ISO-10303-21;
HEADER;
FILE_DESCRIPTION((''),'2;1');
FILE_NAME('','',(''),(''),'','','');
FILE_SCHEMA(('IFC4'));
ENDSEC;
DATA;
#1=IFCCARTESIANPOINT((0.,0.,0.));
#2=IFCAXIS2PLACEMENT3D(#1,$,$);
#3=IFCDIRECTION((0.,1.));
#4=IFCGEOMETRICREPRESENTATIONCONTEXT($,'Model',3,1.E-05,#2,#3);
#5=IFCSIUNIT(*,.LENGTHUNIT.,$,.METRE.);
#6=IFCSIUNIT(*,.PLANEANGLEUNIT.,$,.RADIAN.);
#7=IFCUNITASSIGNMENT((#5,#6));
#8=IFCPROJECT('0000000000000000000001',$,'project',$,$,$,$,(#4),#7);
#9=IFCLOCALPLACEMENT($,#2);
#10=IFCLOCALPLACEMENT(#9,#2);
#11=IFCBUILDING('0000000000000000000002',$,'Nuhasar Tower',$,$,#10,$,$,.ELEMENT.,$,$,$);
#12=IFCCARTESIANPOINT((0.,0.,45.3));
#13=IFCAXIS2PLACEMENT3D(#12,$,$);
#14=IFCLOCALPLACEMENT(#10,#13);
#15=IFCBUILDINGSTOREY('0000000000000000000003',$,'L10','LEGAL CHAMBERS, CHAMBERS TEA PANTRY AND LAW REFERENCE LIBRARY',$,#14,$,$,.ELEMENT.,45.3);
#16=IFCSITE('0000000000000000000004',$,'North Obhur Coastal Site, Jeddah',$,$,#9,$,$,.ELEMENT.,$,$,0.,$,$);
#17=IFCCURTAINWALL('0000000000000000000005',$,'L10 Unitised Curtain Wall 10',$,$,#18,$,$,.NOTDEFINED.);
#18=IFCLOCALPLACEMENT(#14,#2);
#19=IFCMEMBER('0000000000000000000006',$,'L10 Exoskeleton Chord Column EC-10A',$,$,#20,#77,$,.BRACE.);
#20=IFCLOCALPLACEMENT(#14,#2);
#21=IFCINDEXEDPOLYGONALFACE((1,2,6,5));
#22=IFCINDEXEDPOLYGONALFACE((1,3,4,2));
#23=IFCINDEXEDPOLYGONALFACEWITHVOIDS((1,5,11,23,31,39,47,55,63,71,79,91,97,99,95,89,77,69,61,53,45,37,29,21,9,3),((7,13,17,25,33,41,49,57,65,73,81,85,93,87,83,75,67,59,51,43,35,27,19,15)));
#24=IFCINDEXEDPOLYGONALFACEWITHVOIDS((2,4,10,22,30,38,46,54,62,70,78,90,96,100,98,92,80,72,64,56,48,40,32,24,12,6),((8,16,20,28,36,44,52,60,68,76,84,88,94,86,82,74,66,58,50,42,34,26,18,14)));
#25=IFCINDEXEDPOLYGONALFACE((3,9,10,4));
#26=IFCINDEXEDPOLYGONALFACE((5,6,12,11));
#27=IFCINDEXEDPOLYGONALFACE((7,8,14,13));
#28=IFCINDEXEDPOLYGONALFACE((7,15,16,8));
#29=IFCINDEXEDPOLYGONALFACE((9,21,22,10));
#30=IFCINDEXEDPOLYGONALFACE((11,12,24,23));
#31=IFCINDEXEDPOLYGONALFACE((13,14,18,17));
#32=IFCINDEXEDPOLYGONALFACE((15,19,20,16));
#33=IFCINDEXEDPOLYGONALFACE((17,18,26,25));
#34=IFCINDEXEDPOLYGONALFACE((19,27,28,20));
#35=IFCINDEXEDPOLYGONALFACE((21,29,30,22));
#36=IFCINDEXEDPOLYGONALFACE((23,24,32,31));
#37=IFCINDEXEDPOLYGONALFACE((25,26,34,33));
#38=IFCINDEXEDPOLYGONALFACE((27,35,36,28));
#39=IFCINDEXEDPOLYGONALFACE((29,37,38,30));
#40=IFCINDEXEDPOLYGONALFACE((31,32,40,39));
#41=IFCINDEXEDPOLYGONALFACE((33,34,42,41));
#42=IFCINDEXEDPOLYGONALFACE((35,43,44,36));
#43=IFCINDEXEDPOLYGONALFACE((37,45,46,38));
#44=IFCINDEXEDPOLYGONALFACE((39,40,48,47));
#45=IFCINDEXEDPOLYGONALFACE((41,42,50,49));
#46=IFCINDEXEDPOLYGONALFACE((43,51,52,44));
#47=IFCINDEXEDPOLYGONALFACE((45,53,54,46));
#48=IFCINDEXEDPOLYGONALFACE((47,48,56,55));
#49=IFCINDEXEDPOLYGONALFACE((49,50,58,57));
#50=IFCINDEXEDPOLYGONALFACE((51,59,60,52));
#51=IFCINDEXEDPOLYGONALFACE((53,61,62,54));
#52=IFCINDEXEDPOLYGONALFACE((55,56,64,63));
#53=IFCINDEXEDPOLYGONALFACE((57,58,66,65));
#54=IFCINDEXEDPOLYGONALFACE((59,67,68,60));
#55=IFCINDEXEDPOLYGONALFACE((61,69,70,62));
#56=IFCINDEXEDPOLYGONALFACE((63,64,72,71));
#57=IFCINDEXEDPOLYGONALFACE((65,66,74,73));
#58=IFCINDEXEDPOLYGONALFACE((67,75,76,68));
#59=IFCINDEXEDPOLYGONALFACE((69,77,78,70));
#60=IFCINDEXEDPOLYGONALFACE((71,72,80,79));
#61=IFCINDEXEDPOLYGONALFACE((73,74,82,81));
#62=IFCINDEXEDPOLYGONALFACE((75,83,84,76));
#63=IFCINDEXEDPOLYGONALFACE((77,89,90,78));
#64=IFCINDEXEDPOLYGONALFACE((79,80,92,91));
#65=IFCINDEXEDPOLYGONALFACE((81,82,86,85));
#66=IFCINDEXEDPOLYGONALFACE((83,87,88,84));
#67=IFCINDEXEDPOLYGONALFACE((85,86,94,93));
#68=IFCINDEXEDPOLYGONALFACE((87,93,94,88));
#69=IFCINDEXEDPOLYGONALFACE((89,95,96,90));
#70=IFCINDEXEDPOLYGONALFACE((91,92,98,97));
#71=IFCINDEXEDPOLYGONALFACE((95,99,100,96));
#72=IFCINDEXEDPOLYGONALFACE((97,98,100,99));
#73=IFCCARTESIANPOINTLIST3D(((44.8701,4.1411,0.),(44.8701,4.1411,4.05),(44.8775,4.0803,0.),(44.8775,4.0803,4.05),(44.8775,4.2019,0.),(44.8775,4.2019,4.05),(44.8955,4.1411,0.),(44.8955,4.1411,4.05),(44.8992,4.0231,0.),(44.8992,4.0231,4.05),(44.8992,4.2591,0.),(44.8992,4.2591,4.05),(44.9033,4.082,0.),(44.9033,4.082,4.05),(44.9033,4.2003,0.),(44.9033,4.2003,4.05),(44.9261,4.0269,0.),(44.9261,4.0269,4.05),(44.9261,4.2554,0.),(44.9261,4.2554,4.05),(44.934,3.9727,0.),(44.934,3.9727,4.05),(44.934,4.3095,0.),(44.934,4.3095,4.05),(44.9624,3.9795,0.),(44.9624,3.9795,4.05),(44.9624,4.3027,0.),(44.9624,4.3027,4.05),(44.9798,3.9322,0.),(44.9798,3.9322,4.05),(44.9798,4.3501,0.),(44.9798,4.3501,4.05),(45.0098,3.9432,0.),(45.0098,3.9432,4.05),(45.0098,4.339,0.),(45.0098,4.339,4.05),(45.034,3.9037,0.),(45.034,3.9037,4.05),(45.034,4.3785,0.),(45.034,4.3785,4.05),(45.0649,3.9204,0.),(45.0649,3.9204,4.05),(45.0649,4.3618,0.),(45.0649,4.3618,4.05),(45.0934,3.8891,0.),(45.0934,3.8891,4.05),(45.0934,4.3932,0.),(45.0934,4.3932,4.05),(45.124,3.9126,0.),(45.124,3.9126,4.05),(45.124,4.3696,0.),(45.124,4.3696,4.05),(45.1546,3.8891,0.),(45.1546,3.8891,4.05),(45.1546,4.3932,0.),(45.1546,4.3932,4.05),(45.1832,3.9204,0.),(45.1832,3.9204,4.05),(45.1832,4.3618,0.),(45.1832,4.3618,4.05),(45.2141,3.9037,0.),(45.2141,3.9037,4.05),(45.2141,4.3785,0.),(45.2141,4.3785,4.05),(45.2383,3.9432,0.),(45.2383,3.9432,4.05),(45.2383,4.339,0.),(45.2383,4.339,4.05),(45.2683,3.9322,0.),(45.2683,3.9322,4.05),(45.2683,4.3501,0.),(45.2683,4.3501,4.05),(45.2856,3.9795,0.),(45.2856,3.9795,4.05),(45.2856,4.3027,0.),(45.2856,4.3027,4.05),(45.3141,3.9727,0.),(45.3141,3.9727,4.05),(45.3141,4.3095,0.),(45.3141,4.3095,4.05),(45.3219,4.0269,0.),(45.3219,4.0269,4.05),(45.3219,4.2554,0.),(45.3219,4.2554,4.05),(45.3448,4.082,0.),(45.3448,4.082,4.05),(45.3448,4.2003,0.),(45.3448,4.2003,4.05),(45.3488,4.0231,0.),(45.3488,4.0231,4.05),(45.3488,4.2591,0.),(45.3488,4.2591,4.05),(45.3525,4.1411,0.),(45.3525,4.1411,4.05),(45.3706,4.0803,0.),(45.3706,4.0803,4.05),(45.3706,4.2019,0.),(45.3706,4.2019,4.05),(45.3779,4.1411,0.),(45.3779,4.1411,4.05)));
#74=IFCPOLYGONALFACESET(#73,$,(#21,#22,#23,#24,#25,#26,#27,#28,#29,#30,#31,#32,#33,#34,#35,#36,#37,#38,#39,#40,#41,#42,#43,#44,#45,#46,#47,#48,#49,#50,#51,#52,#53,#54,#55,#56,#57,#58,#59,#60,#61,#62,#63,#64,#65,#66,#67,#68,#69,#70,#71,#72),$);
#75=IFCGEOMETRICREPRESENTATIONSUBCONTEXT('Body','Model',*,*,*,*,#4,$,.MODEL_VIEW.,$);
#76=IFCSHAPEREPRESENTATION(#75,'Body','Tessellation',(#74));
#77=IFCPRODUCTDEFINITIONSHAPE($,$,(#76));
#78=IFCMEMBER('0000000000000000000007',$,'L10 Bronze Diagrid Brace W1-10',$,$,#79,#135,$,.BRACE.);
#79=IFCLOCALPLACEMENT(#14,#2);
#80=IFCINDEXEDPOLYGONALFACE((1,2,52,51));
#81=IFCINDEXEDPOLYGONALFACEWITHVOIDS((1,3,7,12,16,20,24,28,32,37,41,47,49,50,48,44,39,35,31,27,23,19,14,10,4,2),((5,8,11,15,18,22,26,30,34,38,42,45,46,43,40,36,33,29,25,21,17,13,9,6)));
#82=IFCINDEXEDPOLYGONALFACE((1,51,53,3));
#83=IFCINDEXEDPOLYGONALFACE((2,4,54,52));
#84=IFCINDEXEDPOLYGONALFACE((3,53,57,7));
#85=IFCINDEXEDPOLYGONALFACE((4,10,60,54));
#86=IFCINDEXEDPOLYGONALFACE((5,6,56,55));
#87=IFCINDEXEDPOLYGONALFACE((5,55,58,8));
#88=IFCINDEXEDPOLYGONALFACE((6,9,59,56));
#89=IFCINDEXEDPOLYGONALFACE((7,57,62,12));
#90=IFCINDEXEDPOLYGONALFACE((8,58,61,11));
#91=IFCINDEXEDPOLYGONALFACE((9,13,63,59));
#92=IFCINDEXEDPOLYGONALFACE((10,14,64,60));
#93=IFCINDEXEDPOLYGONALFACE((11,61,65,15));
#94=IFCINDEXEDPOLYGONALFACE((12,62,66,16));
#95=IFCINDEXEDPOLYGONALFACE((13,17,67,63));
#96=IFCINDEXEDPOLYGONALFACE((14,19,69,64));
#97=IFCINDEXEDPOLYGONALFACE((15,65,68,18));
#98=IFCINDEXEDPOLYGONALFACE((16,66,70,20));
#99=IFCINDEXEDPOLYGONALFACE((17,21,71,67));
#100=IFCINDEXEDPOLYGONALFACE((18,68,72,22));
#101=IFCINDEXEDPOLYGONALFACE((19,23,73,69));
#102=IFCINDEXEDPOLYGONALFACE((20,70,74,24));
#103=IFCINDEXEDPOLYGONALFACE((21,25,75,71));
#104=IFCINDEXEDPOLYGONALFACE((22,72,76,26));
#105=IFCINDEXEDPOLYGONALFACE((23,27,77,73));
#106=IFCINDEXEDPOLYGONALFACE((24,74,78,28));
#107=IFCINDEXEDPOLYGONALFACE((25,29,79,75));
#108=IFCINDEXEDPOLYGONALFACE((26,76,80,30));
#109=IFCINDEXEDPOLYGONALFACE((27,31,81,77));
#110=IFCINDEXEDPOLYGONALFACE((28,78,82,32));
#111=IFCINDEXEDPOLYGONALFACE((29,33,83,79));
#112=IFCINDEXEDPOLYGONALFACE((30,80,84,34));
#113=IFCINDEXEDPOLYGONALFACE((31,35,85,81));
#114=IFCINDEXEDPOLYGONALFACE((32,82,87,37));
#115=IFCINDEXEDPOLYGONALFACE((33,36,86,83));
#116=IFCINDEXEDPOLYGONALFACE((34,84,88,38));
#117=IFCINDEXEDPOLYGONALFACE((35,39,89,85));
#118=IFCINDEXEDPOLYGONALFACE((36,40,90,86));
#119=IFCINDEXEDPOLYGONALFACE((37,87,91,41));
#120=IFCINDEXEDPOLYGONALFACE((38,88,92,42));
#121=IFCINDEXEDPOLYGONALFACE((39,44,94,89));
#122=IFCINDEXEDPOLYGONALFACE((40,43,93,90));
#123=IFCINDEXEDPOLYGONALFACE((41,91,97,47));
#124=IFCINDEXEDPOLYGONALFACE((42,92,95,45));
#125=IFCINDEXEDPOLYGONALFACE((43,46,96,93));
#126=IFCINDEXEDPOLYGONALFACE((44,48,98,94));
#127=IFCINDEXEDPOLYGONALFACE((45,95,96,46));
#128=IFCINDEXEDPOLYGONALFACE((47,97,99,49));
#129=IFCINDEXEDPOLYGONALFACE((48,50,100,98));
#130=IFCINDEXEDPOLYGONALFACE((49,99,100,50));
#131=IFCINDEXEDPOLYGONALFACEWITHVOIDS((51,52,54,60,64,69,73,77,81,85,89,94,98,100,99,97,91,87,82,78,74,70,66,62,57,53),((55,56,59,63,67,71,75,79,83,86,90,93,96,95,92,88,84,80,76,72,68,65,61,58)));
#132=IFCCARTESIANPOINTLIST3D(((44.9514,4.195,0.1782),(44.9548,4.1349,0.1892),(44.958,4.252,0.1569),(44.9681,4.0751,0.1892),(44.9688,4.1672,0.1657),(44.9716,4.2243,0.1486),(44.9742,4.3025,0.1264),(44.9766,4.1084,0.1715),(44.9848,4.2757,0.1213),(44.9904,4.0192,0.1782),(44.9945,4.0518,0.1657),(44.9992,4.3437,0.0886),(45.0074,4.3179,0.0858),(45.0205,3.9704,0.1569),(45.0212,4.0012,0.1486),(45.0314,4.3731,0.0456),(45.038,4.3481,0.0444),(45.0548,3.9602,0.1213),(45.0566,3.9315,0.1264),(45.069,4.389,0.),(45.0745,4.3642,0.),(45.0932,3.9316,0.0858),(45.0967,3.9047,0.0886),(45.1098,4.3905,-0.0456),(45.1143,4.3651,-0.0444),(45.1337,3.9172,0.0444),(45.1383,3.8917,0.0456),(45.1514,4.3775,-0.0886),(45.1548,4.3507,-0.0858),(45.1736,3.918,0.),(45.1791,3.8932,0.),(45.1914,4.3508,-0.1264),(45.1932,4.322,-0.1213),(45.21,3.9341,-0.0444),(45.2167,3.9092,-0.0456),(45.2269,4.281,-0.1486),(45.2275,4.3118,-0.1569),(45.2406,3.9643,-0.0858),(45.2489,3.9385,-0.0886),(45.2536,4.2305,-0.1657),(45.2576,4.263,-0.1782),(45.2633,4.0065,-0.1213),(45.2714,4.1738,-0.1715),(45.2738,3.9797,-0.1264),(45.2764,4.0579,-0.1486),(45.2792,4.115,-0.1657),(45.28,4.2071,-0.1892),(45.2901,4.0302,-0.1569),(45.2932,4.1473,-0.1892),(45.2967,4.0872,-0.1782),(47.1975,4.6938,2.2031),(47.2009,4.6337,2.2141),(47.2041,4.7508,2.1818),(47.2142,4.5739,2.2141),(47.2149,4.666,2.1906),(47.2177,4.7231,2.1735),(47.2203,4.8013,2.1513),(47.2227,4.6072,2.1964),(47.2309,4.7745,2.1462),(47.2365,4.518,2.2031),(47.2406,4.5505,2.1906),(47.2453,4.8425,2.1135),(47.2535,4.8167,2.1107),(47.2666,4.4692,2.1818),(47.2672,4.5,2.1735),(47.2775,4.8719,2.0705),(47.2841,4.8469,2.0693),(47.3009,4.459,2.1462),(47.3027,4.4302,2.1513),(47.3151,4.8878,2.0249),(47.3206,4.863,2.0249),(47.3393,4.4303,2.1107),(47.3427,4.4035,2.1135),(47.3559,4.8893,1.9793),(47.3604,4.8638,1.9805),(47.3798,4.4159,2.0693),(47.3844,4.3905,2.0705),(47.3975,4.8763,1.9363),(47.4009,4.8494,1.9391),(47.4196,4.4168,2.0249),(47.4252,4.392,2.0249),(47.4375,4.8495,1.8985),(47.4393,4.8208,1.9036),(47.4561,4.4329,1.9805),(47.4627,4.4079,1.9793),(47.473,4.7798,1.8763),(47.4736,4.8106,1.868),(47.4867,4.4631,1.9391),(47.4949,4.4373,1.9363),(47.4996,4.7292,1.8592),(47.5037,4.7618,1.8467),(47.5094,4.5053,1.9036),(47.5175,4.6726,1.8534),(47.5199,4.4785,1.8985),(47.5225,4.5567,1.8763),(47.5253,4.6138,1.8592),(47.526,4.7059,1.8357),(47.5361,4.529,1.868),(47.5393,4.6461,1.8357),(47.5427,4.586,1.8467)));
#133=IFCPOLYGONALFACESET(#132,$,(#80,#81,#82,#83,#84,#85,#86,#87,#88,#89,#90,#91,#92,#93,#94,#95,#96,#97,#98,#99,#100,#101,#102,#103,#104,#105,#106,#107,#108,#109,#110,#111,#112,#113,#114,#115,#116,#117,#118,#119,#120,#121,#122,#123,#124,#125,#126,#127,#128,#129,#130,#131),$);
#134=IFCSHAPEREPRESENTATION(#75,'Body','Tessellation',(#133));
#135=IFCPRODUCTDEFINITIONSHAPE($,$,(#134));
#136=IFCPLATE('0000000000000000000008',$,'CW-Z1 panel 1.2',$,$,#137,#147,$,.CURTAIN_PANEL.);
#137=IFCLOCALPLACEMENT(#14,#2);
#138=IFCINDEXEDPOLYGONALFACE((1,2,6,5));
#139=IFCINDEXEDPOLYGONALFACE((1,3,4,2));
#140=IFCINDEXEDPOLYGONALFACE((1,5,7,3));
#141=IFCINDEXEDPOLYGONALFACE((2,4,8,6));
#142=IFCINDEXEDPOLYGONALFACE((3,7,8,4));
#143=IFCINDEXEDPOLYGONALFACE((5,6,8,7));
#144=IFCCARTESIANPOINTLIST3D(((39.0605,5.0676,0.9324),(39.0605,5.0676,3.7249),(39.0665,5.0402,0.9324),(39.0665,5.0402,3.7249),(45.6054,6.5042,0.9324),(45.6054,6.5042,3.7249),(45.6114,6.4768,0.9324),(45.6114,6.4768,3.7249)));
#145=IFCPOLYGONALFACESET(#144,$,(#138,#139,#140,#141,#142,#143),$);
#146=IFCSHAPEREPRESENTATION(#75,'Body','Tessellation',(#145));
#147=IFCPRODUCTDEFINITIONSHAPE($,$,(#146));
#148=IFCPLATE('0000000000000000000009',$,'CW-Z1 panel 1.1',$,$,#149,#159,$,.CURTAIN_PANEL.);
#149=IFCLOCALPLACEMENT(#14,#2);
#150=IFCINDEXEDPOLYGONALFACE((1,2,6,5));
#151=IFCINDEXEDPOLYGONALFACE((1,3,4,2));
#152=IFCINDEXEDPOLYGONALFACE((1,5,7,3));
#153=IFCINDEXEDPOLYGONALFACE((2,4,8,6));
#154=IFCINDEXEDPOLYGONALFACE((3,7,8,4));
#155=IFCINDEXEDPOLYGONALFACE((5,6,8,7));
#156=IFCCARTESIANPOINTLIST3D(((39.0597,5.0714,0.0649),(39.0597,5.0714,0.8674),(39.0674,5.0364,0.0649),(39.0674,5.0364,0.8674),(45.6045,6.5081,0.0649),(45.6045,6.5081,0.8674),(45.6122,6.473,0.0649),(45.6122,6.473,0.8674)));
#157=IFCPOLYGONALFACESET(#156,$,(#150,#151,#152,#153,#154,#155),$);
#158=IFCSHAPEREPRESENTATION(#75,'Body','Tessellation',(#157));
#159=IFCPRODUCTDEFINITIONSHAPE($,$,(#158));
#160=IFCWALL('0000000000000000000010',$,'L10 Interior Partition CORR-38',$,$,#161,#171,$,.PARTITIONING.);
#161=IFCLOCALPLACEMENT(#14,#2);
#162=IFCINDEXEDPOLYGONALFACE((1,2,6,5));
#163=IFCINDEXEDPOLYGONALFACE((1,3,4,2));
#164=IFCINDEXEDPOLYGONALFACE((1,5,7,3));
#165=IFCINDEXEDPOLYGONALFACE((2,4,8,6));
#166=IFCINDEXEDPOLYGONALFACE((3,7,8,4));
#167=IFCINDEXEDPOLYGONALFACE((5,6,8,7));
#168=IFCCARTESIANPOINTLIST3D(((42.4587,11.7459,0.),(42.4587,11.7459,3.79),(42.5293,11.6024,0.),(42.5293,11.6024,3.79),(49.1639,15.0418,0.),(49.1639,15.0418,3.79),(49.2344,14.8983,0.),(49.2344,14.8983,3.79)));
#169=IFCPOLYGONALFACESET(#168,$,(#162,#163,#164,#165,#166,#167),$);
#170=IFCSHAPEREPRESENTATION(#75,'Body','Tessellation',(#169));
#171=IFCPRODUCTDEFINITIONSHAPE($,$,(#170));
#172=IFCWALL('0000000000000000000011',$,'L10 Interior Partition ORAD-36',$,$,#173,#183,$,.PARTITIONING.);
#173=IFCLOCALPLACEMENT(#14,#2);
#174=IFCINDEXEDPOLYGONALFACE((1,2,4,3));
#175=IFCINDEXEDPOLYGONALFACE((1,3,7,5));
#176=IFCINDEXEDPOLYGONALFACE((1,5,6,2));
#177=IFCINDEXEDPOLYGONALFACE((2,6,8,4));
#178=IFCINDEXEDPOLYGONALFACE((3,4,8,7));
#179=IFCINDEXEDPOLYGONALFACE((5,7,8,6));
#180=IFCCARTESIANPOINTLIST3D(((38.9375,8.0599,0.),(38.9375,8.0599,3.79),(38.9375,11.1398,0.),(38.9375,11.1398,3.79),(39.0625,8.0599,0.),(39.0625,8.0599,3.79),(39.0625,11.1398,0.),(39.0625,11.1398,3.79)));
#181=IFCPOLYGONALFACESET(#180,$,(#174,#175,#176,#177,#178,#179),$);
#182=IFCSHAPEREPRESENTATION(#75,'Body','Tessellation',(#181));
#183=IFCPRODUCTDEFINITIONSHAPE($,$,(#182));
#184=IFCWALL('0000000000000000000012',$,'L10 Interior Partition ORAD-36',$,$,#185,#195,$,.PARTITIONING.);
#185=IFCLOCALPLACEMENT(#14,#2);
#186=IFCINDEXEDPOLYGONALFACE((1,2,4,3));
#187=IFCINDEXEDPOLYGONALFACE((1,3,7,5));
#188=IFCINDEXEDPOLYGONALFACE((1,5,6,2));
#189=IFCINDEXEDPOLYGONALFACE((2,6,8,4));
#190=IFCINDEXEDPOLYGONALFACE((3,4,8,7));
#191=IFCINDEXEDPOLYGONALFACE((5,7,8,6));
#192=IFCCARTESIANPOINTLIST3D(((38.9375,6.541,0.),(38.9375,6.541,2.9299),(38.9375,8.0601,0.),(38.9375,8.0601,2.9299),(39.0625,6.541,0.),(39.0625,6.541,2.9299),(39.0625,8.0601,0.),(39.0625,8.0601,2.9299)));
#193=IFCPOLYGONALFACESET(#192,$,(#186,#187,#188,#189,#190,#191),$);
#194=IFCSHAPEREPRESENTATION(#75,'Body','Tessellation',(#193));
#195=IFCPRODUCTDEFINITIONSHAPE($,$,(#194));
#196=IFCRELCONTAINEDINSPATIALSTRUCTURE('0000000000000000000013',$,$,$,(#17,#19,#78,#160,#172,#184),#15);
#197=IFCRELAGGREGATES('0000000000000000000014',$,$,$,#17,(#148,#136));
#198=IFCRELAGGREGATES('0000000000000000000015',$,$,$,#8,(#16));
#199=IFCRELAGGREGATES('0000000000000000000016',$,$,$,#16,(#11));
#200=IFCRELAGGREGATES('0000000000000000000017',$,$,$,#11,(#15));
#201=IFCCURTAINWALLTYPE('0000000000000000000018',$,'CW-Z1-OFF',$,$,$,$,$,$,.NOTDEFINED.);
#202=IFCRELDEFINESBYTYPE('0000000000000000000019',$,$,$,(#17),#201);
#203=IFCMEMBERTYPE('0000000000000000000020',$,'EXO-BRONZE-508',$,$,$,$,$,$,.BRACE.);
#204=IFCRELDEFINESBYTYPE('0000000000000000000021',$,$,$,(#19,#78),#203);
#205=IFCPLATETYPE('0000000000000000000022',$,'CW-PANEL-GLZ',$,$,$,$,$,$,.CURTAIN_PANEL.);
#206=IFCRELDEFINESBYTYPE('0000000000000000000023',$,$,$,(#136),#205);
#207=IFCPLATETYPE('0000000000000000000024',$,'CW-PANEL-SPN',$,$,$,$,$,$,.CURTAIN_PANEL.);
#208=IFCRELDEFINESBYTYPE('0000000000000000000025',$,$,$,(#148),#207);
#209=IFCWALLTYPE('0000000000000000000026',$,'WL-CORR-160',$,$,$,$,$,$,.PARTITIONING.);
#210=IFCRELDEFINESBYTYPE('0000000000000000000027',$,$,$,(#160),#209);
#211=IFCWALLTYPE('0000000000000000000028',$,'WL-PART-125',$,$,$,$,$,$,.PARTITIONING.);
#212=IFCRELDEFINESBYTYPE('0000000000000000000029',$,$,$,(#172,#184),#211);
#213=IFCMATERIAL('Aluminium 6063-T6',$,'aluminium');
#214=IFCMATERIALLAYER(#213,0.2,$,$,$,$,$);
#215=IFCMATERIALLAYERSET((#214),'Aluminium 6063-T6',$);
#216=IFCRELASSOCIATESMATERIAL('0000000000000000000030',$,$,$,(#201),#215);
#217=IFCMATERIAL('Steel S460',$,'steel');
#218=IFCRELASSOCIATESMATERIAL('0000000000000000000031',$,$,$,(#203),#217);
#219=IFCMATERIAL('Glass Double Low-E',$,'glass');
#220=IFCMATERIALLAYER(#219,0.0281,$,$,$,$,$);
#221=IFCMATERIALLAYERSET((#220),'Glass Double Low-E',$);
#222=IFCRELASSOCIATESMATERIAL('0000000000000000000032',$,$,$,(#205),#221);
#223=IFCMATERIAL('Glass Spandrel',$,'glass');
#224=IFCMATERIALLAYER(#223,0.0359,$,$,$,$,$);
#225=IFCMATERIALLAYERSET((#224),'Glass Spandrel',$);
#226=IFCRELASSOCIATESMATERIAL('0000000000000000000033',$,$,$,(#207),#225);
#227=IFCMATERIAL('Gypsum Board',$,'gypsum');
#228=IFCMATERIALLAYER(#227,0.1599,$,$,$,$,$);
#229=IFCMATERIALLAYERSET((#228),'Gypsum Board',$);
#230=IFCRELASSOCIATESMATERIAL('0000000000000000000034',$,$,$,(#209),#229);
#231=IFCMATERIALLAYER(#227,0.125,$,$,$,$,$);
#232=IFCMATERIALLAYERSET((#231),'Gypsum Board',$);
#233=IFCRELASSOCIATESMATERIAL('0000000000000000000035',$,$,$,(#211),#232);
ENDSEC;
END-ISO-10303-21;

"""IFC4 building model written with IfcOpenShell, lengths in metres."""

from ifc_helpers import new_model, si_unit, direction, frame, frame_2d, origin, origin_2d, place, context, subcontext, project, spatial, rectangle, hollow_circle, extrude, material, layer, layer_set, material_profile, profile_set, type_object, element, aggregate, save


model = new_model("IFC4")

# Units and contexts
model_context = context("Model", 3, precision=1e-05, world=origin(), true_north=direction((0.0, 1.0)))
body_context = subcontext(model_context, "Body", "Model", "MODEL_VIEW")
ifc_project = project(units=[si_unit("LENGTHUNIT", "METRE"), si_unit("PLANEANGLEUNIT", "RADIAN")], contexts=[model_context])

# Site, building, storey
site_placement = place(None, origin())
site = spatial("IfcSite", under=ifc_project, at=site_placement, Name="North Obhur Coastal Site, Jeddah", CompositionType="ELEMENT", RefElevation=0.0)
building_placement = place(site_placement, origin())
building = spatial("IfcBuilding", under=site, at=building_placement, Name="Nuhasar Tower", CompositionType="ELEMENT")
storey_placement = place(building_placement, frame((0.0, 0.0, 45.3)))
storey = spatial("IfcBuildingStorey", under=building, at=storey_placement, Name="L10", Description="LEGAL CHAMBERS, CHAMBERS TEA PANTRY AND LAW REFERENCE LIBRARY", CompositionType="ELEMENT", Elevation=45.3)

# Curtain wall
ifc_material_1 = material(Name="Aluminium 6063-T6", Category="aluminium")
ifc_layer_1 = layer(ifc_material_1, 0.2)
ifc_layer_set_1 = layer_set([ifc_layer_1], Name="Aluminium 6063-T6")
curtain_wall_type = type_object("IfcCurtainWallType", Name="CW-Z1-OFF", PredefinedType="NOTDEFINED", material=ifc_layer_set_1)
curtain_wall_placement = place(storey_placement, origin())
curtain_wall = element("IfcCurtainWall", 1, at=curtain_wall_placement, inside=storey, type_object=curtain_wall_type, Name="L10 Unitised Curtain Wall 10", PredefinedType="NOTDEFINED")

# Members
ifc_material_2 = material(Name="Steel S460", Category="steel")
ifc_material_profile_1 = material_profile(ifc_material_2, hollow_circle(Radius=0.2539, WallThickness=0.0254, at=origin_2d()), Name="HSS508X25.4")
ifc_profile_set_1 = profile_set([ifc_material_profile_1], Name="Steel S460")
member_type_1 = type_object("IfcMemberType", Name="EXO-BRONZE-508", PredefinedType="BRACE", material=ifc_profile_set_1)
member_1_placement = place(storey_placement, frame((45.124, 4.1411, 0.0), z_axis=(0.0, 0.0, 1.0), x_axis=(1.0, 0.0, 0.0)))
element("IfcMember", 2, at=member_1_placement, inside=storey, type_object=member_type_1, Name="L10 Exoskeleton Chord Column EC-10A", PredefinedType="BRACE", context=body_context, shape_type="SweptSolid", body=[
    extrude(hollow_circle(Radius=0.2539, WallThickness=0.0254, at=origin_2d()), origin(), (0.0, 0.0, 1.0), 4.05),
])
member_2_placement = place(storey_placement, frame((45.124, 4.1411, 0.0), z_axis=(0.732831, 0.162736, 0.660663), x_axis=(-0.216784, 0.97622, 0.0)))
element("IfcMember", 3, at=member_2_placement, inside=storey, type_object=member_type_1, Name="L10 Bronze Diagrid Brace W1-10", PredefinedType="BRACE", context=body_context, shape_type="SweptSolid", body=[
    extrude(hollow_circle(Radius=0.2539, WallThickness=0.0254, at=origin_2d()), origin(), (0.0, 0.0, 1.0), 3.0649),
])

# Plates
ifc_material_3 = material(Name="Glass Double Low-E", Category="glass")
ifc_layer_2 = layer(ifc_material_3, 0.0281)
ifc_layer_set_2 = layer_set([ifc_layer_2], Name="Glass Double Low-E")
plate_type_1 = type_object("IfcPlateType", Name="CW-PANEL-GLZ", PredefinedType="CURTAIN_PANEL", material=ifc_layer_set_2)
plate_1_placement = place(storey_placement, frame((42.3359, 5.7722, 0.9324), z_axis=(0.0, 0.0, 1.0), x_axis=(0.976746, 0.214399, 0.0)))
plate_1 = element("IfcPlate", 4, at=plate_1_placement, type_object=plate_type_1, Name="CW-Z1 panel 1.2", PredefinedType="CURTAIN_PANEL", context=body_context, shape_type="SweptSolid", body=[
    extrude(rectangle(XDim=6.7007, YDim=0.0281, at=origin_2d()), origin(), (0.0, 0.0, 1.0), 2.7925),
])
ifc_material_4 = material(Name="Glass Spandrel", Category="glass")
ifc_layer_3 = layer(ifc_material_4, 0.0359)
ifc_layer_set_3 = layer_set([ifc_layer_3], Name="Glass Spandrel")
plate_type_2 = type_object("IfcPlateType", Name="CW-PANEL-SPN", PredefinedType="CURTAIN_PANEL", material=ifc_layer_set_3)
plate_2_placement = place(storey_placement, frame((42.3359, 5.7722, 0.0649), z_axis=(0.0, 0.0, 1.0), x_axis=(0.976746, 0.214399, 0.0)))
plate_2 = element("IfcPlate", 5, at=plate_2_placement, type_object=plate_type_2, Name="CW-Z1 panel 1.1", PredefinedType="CURTAIN_PANEL", context=body_context, shape_type="SweptSolid", body=[
    extrude(rectangle(XDim=6.7007, YDim=0.0359, at=origin_2d()), origin(), (0.0, 0.0, 1.0), 0.8025),
])
aggregate(curtain_wall, [plate_2, plate_1])

# Shared definitions
ifc_material_5 = material(Name="Gypsum Board", Category="gypsum")
ifc_layer_4 = layer(ifc_material_5, 0.1599)
ifc_layer_set_4 = layer_set([ifc_layer_4], Name="Gypsum Board")
wall_type_1 = type_object("IfcWallType", Name="WL-CORR-160", PredefinedType="PARTITIONING", material=ifc_layer_set_4)

# Wall
wall_1_placement = place(storey_placement, frame((42.4939, 11.6741, 0.0), z_axis=(0.0, 0.0, 1.0), x_axis=(0.897439, 0.441138, 0.0)))
element("IfcWall", 6, at=wall_1_placement, inside=storey, type_object=wall_type_1, Name="L10 Interior Partition CORR-38", PredefinedType="PARTITIONING", context=body_context, shape_type="SweptSolid", body=[
    extrude(rectangle(XDim=7.4714, YDim=0.1599, at=frame_2d((3.7358, 0.0))), origin(), (0.0, 0.0, 1.0), 3.79),
])

# Walls
ifc_layer_5 = layer(ifc_material_5, 0.125)
ifc_layer_set_5 = layer_set([ifc_layer_5], Name="Gypsum Board")
wall_type_2 = type_object("IfcWallType", Name="WL-PART-125", PredefinedType="PARTITIONING", material=ifc_layer_set_5)
wall_2_placement = place(storey_placement, frame((39.0, 11.1399, 0.0), z_axis=(0.0, 0.0, 1.0), x_axis=(0.0, -1.0, 0.0)))
element("IfcWall", 7, at=wall_2_placement, inside=storey, type_object=wall_type_2, Name="L10 Interior Partition ORAD-36", PredefinedType="PARTITIONING", context=body_context, shape_type="SweptSolid", body=[
    extrude(rectangle(XDim=3.0798, YDim=0.125, at=frame_2d((1.54, 0.0))), origin(), (0.0, 0.0, 1.0), 3.79),
])
wall_3_placement = place(storey_placement, frame((39.0, 8.0601, 0.0), z_axis=(0.0, 0.0, 1.0), x_axis=(0.0, -1.0, 0.0)))
element("IfcWall", 8, at=wall_3_placement, inside=storey, type_object=wall_type_2, Name="L10 Interior Partition ORAD-36", PredefinedType="PARTITIONING", context=body_context, shape_type="SweptSolid", body=[
    extrude(rectangle(XDim=1.519, YDim=0.125, at=frame_2d((0.7595, 0.0))), origin(), (0.0, 0.0, 1.0), 2.9299),
])

save(model, "model.ifc")
